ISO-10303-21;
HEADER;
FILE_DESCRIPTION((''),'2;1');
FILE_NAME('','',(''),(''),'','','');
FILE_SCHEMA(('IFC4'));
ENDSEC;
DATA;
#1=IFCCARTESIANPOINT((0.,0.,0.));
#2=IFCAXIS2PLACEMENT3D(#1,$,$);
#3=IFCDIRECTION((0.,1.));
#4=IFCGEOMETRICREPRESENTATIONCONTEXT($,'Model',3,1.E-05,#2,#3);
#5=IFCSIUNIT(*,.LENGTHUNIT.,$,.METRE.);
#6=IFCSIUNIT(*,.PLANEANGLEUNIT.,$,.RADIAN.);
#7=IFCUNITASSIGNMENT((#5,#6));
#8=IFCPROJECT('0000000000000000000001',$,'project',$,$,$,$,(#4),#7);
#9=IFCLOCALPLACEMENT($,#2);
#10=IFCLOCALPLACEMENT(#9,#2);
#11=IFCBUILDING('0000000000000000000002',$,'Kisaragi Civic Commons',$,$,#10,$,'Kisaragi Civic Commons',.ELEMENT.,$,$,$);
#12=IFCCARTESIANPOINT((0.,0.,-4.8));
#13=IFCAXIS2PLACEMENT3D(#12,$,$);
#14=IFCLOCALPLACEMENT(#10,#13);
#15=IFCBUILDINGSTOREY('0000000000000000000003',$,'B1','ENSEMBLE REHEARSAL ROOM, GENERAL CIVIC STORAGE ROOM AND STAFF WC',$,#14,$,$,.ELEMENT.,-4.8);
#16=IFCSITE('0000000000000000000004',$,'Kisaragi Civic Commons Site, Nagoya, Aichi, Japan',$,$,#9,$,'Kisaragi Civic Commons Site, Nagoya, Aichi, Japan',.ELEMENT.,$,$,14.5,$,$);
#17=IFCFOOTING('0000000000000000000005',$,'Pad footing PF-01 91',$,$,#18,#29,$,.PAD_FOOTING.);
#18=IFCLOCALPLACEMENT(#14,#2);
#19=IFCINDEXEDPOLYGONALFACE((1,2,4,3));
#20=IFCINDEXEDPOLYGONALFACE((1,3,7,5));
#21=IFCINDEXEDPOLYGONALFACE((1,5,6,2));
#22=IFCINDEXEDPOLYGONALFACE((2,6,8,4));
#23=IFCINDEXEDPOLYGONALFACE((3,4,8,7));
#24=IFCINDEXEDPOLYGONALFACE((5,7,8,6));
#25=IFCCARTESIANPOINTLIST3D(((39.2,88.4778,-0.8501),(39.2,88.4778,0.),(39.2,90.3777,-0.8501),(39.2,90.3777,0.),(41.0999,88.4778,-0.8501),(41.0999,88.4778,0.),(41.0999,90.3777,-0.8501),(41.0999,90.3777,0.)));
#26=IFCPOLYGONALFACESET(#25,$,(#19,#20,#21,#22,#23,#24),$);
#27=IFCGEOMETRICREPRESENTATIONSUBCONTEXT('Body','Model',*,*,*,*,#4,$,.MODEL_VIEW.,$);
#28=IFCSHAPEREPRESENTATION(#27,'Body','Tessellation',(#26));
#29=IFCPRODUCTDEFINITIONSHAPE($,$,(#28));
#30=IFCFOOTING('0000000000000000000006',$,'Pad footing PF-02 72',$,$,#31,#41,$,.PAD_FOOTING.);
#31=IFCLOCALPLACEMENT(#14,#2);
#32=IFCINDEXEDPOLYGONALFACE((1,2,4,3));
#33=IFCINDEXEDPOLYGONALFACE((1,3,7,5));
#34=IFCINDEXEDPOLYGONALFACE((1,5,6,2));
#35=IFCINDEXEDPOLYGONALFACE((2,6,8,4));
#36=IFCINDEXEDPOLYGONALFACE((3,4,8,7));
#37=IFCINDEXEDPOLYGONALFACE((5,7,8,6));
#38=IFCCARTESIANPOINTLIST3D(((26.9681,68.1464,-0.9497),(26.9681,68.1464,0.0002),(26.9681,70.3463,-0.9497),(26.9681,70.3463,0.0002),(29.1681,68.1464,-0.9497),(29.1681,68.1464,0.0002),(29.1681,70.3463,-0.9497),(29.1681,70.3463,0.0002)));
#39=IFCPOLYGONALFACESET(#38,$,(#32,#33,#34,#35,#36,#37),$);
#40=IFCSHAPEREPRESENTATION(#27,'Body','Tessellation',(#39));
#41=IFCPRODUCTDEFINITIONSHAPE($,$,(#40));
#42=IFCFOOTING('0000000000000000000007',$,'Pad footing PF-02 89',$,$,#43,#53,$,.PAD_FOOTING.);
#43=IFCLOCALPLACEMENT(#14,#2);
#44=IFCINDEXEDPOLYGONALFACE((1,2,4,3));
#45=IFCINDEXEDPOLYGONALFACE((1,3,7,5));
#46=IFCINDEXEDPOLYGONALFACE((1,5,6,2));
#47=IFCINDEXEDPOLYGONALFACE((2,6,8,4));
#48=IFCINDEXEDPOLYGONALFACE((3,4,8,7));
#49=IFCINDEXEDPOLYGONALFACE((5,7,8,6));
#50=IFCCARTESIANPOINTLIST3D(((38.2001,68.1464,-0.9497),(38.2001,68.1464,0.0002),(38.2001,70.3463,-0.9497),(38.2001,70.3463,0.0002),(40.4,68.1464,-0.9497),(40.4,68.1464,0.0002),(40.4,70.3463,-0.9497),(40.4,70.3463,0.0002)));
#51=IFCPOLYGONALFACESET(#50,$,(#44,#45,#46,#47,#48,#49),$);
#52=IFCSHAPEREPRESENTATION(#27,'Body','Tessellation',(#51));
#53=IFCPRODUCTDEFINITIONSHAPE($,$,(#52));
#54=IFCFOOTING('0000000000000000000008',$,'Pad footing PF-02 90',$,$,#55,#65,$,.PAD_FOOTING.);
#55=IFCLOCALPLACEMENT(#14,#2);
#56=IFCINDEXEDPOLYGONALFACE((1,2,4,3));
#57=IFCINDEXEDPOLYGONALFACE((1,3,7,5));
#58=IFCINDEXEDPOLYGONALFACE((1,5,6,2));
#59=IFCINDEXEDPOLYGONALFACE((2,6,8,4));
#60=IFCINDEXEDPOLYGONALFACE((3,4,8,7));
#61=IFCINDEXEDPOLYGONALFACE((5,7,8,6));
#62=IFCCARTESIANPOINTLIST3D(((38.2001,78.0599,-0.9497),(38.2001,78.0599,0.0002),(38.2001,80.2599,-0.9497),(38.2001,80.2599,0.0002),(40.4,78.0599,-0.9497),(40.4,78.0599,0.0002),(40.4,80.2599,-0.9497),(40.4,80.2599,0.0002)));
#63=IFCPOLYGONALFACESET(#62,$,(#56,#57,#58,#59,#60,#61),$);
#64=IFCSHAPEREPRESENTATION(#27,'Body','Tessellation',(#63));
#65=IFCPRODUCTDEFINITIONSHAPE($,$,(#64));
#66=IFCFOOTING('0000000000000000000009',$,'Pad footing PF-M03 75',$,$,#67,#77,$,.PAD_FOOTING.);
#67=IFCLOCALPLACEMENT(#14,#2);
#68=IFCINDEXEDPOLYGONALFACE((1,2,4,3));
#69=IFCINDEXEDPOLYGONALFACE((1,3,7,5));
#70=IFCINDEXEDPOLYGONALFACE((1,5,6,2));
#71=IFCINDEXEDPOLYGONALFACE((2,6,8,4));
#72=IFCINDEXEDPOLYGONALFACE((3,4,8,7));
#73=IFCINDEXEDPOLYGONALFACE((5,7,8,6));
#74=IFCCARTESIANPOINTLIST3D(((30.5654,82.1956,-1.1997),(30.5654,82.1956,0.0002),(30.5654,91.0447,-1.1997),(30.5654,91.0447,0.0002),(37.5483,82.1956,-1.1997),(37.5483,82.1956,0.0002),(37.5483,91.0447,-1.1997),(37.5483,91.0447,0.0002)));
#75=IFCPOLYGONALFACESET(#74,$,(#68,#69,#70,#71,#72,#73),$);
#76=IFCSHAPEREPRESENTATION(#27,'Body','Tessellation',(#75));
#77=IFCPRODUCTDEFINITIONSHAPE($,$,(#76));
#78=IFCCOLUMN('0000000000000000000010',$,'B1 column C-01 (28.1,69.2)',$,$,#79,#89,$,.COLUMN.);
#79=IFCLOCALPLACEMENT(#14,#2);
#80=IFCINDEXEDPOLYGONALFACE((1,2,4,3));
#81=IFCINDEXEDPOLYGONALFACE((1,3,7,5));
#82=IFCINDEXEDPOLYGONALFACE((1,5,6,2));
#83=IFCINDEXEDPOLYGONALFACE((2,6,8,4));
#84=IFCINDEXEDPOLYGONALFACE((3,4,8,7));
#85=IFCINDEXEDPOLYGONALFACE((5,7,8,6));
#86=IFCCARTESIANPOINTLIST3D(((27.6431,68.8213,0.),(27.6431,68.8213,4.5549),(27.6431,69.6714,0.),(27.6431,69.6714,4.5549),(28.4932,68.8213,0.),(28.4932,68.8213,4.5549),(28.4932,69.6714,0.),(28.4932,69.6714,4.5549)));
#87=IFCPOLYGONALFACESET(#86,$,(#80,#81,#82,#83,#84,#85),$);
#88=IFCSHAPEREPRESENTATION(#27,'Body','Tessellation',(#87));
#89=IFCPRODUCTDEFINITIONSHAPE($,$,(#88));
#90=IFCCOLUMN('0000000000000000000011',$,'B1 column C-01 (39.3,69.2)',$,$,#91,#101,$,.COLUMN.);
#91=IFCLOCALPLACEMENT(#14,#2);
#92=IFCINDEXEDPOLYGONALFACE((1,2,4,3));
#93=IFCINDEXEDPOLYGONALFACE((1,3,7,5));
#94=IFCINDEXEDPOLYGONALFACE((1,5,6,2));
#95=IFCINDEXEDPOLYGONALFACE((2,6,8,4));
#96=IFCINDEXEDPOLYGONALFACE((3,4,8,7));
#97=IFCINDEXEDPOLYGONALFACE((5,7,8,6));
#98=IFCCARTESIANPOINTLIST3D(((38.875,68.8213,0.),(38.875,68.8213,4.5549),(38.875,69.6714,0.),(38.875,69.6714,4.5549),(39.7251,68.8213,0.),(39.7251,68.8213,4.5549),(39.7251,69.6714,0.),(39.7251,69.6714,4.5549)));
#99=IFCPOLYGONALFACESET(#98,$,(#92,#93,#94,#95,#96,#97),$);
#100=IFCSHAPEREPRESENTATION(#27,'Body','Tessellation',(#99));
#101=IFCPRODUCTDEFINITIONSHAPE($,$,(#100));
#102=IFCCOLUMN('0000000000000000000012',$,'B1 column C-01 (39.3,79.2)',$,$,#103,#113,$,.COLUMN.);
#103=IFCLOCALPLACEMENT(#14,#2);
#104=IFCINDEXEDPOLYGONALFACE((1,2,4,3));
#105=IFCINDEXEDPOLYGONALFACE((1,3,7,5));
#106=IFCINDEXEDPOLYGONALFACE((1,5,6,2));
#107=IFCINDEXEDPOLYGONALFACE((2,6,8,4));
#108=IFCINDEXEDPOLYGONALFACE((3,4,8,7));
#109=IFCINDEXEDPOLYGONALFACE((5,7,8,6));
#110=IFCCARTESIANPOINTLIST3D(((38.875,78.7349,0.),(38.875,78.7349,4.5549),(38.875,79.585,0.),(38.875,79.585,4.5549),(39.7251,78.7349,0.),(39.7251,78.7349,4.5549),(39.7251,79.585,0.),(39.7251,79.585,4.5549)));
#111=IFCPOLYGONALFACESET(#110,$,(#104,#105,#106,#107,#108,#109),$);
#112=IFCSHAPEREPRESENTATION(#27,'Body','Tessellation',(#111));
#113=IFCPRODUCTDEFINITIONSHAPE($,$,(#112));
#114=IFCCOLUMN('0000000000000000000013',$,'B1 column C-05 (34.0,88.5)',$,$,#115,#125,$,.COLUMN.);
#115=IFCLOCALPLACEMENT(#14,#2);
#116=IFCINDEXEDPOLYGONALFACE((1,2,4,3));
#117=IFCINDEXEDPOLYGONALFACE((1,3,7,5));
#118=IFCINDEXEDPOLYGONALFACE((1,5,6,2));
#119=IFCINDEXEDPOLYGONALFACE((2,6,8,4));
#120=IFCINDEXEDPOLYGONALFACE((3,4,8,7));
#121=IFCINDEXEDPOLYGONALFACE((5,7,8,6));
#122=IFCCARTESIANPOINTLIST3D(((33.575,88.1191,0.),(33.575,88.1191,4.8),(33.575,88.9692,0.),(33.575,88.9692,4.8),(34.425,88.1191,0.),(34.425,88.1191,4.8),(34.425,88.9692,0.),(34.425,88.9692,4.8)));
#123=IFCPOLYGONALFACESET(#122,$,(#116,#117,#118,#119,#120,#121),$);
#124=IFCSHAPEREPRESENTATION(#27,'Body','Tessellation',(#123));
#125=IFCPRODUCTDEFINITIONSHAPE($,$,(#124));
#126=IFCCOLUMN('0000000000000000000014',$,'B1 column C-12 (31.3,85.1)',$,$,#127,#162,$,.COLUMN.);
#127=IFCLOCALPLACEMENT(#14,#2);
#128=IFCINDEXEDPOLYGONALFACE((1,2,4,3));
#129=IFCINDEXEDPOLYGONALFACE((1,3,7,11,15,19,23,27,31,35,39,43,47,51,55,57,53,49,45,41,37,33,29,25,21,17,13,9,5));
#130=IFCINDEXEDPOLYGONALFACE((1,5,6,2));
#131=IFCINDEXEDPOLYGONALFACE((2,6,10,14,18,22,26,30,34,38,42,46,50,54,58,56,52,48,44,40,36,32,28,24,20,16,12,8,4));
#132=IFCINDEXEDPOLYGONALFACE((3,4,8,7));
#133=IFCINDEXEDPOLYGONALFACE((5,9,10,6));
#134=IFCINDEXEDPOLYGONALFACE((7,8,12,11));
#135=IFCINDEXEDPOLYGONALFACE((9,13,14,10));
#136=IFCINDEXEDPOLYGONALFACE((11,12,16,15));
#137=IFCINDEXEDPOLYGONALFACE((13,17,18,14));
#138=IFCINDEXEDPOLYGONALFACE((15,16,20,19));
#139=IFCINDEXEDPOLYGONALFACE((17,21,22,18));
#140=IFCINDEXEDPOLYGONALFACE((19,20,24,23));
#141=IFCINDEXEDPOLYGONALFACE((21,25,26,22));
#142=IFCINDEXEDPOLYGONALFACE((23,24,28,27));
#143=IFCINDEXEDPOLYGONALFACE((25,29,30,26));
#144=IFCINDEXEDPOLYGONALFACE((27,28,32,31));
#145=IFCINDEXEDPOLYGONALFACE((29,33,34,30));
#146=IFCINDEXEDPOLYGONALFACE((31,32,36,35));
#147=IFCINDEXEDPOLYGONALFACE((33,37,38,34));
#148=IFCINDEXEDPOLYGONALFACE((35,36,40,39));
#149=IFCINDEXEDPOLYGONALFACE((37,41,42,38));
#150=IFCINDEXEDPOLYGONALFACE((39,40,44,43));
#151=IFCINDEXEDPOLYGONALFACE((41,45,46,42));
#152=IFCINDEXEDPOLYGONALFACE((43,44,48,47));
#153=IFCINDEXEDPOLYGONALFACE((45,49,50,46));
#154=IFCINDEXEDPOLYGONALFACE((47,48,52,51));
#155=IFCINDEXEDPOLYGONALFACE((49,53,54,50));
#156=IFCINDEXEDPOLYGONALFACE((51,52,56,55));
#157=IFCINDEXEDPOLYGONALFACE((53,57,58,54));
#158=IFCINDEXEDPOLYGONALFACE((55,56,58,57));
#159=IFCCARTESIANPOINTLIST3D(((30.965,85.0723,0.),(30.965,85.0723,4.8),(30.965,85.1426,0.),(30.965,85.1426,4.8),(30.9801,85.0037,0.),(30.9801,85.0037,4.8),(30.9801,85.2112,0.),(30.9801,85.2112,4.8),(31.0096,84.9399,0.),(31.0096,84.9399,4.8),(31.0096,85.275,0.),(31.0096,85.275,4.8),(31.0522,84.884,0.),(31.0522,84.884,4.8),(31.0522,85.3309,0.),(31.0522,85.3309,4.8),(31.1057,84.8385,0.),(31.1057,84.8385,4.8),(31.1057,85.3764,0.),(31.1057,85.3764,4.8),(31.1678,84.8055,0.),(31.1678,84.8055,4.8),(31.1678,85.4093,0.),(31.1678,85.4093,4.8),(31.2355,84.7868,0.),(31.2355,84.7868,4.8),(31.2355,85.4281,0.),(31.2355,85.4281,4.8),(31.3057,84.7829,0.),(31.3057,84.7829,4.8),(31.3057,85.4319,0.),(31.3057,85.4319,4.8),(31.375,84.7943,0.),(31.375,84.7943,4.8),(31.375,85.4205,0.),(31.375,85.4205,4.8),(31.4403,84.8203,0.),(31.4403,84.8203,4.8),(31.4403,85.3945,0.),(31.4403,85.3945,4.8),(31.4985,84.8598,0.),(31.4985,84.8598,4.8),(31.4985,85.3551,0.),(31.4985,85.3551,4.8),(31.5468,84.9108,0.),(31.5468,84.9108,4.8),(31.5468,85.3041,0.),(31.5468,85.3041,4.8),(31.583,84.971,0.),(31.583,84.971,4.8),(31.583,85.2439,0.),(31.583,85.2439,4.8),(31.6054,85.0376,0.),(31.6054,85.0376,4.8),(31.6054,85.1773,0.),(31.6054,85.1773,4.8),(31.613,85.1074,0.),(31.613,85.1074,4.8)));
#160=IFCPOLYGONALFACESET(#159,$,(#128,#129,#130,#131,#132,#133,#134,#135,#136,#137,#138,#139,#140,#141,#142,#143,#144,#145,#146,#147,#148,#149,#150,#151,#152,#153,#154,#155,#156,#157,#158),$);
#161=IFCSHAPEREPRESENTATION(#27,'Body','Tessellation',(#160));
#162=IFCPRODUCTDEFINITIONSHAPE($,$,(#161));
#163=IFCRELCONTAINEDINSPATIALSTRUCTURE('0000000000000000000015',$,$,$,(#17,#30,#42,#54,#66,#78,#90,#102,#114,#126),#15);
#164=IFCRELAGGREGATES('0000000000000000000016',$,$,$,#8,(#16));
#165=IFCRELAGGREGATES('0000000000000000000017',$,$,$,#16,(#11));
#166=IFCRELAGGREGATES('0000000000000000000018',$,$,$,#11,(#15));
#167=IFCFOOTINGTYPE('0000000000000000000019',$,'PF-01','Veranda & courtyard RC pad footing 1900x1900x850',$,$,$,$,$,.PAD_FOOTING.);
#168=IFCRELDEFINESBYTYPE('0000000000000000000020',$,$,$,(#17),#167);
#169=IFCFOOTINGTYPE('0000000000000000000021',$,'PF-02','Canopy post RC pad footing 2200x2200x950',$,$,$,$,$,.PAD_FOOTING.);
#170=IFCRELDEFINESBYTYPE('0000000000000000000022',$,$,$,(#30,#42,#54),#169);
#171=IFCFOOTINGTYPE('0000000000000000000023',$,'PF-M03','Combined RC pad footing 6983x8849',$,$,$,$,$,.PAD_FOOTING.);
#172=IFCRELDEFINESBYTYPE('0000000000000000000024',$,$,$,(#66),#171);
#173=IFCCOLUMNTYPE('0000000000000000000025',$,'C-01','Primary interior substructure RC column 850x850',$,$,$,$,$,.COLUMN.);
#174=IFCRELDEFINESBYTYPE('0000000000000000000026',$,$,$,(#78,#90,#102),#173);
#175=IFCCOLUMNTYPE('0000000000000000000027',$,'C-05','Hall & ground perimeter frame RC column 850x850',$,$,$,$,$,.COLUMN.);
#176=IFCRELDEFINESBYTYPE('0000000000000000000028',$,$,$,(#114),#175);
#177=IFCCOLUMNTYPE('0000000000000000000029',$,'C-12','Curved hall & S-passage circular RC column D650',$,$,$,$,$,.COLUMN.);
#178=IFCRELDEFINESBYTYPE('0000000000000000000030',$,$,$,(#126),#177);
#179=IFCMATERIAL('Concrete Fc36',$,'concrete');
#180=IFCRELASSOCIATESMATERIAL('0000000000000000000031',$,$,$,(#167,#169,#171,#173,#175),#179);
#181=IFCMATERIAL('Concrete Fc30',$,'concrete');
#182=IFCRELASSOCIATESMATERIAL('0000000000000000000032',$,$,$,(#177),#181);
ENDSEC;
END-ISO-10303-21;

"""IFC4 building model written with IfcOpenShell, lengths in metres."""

from ifc_helpers import new_model, si_unit, direction, frame, origin, origin_2d, place, context, subcontext, project, spatial, rectangle, circle, extrude, material, material_profile, profile_set, type_object, element, save


model = new_model("IFC4")

# Units and contexts
model_context = context("Model", 3, precision=1e-05, world=origin(), true_north=direction((0.0, 1.0)))
body_context = subcontext(model_context, "Body", "Model", "MODEL_VIEW")
ifc_project = project(units=[si_unit("LENGTHUNIT", "METRE"), si_unit("PLANEANGLEUNIT", "RADIAN")], contexts=[model_context])

# Site, building, storey
site_placement = place(None, origin())
site = spatial("IfcSite", under=ifc_project, at=site_placement, Name="Kisaragi Civic Commons Site, Nagoya, Aichi, Japan", LongName="Kisaragi Civic Commons Site, Nagoya, Aichi, Japan", CompositionType="ELEMENT", RefElevation=14.5)
building_placement = place(site_placement, origin())
building = spatial("IfcBuilding", under=site, at=building_placement, Name="Kisaragi Civic Commons", LongName="Kisaragi Civic Commons", CompositionType="ELEMENT")
storey_placement = place(building_placement, frame((0.0, 0.0, -4.8)))
storey = spatial("IfcBuildingStorey", under=building, at=storey_placement, Name="B1", Description="ENSEMBLE REHEARSAL ROOM, GENERAL CIVIC STORAGE ROOM AND STAFF WC", CompositionType="ELEMENT", Elevation=-4.8)

# Footings
ifc_material_1 = material(Name="Concrete Fc36", Category="concrete")
footing_type_1 = type_object("IfcFootingType", Name="PF-01", Description="Veranda & courtyard RC pad footing 1900x1900x850", PredefinedType="PAD_FOOTING", material=ifc_material_1)
footing_1_placement = place(storey_placement, frame((40.1499, 89.4277, -0.8501), z_axis=(0.0, 0.0, 1.0), x_axis=(1.0, 0.0, 0.0)))
element("IfcFooting", 1, at=footing_1_placement, inside=storey, type_object=footing_type_1, Name="Pad footing PF-01 91", PredefinedType="PAD_FOOTING", context=body_context, shape_type="SweptSolid", body=[
    extrude(rectangle(XDim=1.8999, YDim=1.8999, at=origin_2d()), origin(), (0.0, 0.0, 1.0), 0.8501),
])
footing_type_2 = type_object("IfcFootingType", Name="PF-02", Description="Canopy post RC pad footing 2200x2200x950", PredefinedType="PAD_FOOTING", material=ifc_material_1)
for number, where, z_axis, x_axis, name in (
    (2, (28.0681, 69.2463, -0.9497), (0.0, 0.0, 1.0), (1.0, 0.0, 0.0), "Pad footing PF-02 72"),
    (3, (39.3, 69.2463, -0.9497), (0.0, 0.0, 1.0), (1.0, 0.0, 0.0), "Pad footing PF-02 89"),
    (4, (39.3, 79.1599, -0.9497), (0.0, 0.0, 1.0), (1.0, 0.0, 0.0), "Pad footing PF-02 90"),
):
    element("IfcFooting", number, at=place(storey_placement, frame(where, z_axis=z_axis, x_axis=x_axis)), inside=storey, type_object=footing_type_2, Name=name, PredefinedType="PAD_FOOTING", context=body_context, shape_type="SweptSolid", body=[
        extrude(rectangle(XDim=2.2, YDim=2.2, at=origin_2d()), origin(), (0.0, 0.0, 1.0), 0.95),
    ])
footing_type_3 = type_object("IfcFootingType", Name="PF-M03", Description="Combined RC pad footing 6983x8849", PredefinedType="PAD_FOOTING", material=ifc_material_1)
footing_2_placement = place(storey_placement, frame((34.0569, 86.6201, -1.1997), z_axis=(0.0, 0.0, 1.0), x_axis=(1.0, 0.0, 0.0)))
element("IfcFooting", 5, at=footing_2_placement, inside=storey, type_object=footing_type_3, Name="Pad footing PF-M03 75", PredefinedType="PAD_FOOTING", context=body_context, shape_type="SweptSolid", body=[
    extrude(rectangle(XDim=6.9829, YDim=8.8491, at=origin_2d()), origin(), (0.0, 0.0, 1.0), 1.2),
])

# Columns
ifc_material_profile_1 = material_profile(ifc_material_1, rectangle(XDim=0.8501, YDim=0.8501, at=origin_2d()), Name="RC-850x850", Category="concrete")
ifc_profile_set_1 = profile_set([ifc_material_profile_1], Name="Concrete Fc36")
column_type_1 = type_object("IfcColumnType", Name="C-01", Description="Primary interior substructure RC column 850x850", PredefinedType="COLUMN", material=ifc_profile_set_1)
for number, where, z_axis, x_axis, name in (
    (6, (28.0681, 69.2463, 0.0), (0.0, 0.0, 1.0), (1.0, 0.0, 0.0), "B1 column C-01 (28.1,69.2)"),
    (7, (39.3, 69.2463, 0.0), (0.0, 0.0, 1.0), (1.0, 0.0, 0.0), "B1 column C-01 (39.3,69.2)"),
    (8, (39.3, 79.1599, 0.0), (0.0, 0.0, 1.0), (1.0, 0.0, 0.0), "B1 column C-01 (39.3,79.2)"),
):
    element("IfcColumn", number, at=place(storey_placement, frame(where, z_axis=z_axis, x_axis=x_axis)), inside=storey, type_object=column_type_1, Name=name, PredefinedType="COLUMN", context=body_context, shape_type="SweptSolid", body=[
        extrude(rectangle(XDim=0.8501, YDim=0.8501, at=origin_2d()), origin(), (0.0, 0.0, 1.0), 4.5549),
    ])
ifc_material_profile_2 = material_profile(ifc_material_1, rectangle(XDim=0.8501, YDim=0.8501, at=origin_2d()), Name="RC-850x850", Category="concrete")
ifc_profile_set_2 = profile_set([ifc_material_profile_2], Name="Concrete Fc36")
column_type_2 = type_object("IfcColumnType", Name="C-05", Description="Hall & ground perimeter frame RC column 850x850", PredefinedType="COLUMN", material=ifc_profile_set_2)
column_1_placement = place(storey_placement, frame((34.0, 88.5442, 0.0), z_axis=(0.0, 0.0, 1.0), x_axis=(1.0, 0.0, 0.0)))
element("IfcColumn", 9, at=column_1_placement, inside=storey, type_object=column_type_2, Name="B1 column C-05 (34.0,88.5)", PredefinedType="COLUMN", context=body_context, shape_type="SweptSolid", body=[
    extrude(rectangle(XDim=0.8501, YDim=0.8501, at=origin_2d()), origin(), (0.0, 0.0, 1.0), 4.8),
])
ifc_material_2 = material(Name="Concrete Fc30", Category="concrete")
ifc_material_profile_3 = material_profile(ifc_material_2, circle(Radius=0.325, at=origin_2d()), Name="RC-D650", Category="concrete")
ifc_profile_set_3 = profile_set([ifc_material_profile_3], Name="Concrete Fc30")
column_type_3 = type_object("IfcColumnType", Name="C-12", Description="Curved hall & S-passage circular RC column D650", PredefinedType="COLUMN", material=ifc_profile_set_3)
column_2_placement = place(storey_placement, frame((31.2881, 85.1074, 0.0), z_axis=(0.0, 0.0, 1.0), x_axis=(1.0, 0.0, 0.0)))
element("IfcColumn", 10, at=column_2_placement, inside=storey, type_object=column_type_3, Name="B1 column C-12 (31.3,85.1)", PredefinedType="COLUMN", context=body_context, shape_type="SweptSolid", body=[
    extrude(circle(Radius=0.325, at=origin_2d()), origin(), (0.0, 0.0, 1.0), 4.8),
])

save(model, "model.ifc")
